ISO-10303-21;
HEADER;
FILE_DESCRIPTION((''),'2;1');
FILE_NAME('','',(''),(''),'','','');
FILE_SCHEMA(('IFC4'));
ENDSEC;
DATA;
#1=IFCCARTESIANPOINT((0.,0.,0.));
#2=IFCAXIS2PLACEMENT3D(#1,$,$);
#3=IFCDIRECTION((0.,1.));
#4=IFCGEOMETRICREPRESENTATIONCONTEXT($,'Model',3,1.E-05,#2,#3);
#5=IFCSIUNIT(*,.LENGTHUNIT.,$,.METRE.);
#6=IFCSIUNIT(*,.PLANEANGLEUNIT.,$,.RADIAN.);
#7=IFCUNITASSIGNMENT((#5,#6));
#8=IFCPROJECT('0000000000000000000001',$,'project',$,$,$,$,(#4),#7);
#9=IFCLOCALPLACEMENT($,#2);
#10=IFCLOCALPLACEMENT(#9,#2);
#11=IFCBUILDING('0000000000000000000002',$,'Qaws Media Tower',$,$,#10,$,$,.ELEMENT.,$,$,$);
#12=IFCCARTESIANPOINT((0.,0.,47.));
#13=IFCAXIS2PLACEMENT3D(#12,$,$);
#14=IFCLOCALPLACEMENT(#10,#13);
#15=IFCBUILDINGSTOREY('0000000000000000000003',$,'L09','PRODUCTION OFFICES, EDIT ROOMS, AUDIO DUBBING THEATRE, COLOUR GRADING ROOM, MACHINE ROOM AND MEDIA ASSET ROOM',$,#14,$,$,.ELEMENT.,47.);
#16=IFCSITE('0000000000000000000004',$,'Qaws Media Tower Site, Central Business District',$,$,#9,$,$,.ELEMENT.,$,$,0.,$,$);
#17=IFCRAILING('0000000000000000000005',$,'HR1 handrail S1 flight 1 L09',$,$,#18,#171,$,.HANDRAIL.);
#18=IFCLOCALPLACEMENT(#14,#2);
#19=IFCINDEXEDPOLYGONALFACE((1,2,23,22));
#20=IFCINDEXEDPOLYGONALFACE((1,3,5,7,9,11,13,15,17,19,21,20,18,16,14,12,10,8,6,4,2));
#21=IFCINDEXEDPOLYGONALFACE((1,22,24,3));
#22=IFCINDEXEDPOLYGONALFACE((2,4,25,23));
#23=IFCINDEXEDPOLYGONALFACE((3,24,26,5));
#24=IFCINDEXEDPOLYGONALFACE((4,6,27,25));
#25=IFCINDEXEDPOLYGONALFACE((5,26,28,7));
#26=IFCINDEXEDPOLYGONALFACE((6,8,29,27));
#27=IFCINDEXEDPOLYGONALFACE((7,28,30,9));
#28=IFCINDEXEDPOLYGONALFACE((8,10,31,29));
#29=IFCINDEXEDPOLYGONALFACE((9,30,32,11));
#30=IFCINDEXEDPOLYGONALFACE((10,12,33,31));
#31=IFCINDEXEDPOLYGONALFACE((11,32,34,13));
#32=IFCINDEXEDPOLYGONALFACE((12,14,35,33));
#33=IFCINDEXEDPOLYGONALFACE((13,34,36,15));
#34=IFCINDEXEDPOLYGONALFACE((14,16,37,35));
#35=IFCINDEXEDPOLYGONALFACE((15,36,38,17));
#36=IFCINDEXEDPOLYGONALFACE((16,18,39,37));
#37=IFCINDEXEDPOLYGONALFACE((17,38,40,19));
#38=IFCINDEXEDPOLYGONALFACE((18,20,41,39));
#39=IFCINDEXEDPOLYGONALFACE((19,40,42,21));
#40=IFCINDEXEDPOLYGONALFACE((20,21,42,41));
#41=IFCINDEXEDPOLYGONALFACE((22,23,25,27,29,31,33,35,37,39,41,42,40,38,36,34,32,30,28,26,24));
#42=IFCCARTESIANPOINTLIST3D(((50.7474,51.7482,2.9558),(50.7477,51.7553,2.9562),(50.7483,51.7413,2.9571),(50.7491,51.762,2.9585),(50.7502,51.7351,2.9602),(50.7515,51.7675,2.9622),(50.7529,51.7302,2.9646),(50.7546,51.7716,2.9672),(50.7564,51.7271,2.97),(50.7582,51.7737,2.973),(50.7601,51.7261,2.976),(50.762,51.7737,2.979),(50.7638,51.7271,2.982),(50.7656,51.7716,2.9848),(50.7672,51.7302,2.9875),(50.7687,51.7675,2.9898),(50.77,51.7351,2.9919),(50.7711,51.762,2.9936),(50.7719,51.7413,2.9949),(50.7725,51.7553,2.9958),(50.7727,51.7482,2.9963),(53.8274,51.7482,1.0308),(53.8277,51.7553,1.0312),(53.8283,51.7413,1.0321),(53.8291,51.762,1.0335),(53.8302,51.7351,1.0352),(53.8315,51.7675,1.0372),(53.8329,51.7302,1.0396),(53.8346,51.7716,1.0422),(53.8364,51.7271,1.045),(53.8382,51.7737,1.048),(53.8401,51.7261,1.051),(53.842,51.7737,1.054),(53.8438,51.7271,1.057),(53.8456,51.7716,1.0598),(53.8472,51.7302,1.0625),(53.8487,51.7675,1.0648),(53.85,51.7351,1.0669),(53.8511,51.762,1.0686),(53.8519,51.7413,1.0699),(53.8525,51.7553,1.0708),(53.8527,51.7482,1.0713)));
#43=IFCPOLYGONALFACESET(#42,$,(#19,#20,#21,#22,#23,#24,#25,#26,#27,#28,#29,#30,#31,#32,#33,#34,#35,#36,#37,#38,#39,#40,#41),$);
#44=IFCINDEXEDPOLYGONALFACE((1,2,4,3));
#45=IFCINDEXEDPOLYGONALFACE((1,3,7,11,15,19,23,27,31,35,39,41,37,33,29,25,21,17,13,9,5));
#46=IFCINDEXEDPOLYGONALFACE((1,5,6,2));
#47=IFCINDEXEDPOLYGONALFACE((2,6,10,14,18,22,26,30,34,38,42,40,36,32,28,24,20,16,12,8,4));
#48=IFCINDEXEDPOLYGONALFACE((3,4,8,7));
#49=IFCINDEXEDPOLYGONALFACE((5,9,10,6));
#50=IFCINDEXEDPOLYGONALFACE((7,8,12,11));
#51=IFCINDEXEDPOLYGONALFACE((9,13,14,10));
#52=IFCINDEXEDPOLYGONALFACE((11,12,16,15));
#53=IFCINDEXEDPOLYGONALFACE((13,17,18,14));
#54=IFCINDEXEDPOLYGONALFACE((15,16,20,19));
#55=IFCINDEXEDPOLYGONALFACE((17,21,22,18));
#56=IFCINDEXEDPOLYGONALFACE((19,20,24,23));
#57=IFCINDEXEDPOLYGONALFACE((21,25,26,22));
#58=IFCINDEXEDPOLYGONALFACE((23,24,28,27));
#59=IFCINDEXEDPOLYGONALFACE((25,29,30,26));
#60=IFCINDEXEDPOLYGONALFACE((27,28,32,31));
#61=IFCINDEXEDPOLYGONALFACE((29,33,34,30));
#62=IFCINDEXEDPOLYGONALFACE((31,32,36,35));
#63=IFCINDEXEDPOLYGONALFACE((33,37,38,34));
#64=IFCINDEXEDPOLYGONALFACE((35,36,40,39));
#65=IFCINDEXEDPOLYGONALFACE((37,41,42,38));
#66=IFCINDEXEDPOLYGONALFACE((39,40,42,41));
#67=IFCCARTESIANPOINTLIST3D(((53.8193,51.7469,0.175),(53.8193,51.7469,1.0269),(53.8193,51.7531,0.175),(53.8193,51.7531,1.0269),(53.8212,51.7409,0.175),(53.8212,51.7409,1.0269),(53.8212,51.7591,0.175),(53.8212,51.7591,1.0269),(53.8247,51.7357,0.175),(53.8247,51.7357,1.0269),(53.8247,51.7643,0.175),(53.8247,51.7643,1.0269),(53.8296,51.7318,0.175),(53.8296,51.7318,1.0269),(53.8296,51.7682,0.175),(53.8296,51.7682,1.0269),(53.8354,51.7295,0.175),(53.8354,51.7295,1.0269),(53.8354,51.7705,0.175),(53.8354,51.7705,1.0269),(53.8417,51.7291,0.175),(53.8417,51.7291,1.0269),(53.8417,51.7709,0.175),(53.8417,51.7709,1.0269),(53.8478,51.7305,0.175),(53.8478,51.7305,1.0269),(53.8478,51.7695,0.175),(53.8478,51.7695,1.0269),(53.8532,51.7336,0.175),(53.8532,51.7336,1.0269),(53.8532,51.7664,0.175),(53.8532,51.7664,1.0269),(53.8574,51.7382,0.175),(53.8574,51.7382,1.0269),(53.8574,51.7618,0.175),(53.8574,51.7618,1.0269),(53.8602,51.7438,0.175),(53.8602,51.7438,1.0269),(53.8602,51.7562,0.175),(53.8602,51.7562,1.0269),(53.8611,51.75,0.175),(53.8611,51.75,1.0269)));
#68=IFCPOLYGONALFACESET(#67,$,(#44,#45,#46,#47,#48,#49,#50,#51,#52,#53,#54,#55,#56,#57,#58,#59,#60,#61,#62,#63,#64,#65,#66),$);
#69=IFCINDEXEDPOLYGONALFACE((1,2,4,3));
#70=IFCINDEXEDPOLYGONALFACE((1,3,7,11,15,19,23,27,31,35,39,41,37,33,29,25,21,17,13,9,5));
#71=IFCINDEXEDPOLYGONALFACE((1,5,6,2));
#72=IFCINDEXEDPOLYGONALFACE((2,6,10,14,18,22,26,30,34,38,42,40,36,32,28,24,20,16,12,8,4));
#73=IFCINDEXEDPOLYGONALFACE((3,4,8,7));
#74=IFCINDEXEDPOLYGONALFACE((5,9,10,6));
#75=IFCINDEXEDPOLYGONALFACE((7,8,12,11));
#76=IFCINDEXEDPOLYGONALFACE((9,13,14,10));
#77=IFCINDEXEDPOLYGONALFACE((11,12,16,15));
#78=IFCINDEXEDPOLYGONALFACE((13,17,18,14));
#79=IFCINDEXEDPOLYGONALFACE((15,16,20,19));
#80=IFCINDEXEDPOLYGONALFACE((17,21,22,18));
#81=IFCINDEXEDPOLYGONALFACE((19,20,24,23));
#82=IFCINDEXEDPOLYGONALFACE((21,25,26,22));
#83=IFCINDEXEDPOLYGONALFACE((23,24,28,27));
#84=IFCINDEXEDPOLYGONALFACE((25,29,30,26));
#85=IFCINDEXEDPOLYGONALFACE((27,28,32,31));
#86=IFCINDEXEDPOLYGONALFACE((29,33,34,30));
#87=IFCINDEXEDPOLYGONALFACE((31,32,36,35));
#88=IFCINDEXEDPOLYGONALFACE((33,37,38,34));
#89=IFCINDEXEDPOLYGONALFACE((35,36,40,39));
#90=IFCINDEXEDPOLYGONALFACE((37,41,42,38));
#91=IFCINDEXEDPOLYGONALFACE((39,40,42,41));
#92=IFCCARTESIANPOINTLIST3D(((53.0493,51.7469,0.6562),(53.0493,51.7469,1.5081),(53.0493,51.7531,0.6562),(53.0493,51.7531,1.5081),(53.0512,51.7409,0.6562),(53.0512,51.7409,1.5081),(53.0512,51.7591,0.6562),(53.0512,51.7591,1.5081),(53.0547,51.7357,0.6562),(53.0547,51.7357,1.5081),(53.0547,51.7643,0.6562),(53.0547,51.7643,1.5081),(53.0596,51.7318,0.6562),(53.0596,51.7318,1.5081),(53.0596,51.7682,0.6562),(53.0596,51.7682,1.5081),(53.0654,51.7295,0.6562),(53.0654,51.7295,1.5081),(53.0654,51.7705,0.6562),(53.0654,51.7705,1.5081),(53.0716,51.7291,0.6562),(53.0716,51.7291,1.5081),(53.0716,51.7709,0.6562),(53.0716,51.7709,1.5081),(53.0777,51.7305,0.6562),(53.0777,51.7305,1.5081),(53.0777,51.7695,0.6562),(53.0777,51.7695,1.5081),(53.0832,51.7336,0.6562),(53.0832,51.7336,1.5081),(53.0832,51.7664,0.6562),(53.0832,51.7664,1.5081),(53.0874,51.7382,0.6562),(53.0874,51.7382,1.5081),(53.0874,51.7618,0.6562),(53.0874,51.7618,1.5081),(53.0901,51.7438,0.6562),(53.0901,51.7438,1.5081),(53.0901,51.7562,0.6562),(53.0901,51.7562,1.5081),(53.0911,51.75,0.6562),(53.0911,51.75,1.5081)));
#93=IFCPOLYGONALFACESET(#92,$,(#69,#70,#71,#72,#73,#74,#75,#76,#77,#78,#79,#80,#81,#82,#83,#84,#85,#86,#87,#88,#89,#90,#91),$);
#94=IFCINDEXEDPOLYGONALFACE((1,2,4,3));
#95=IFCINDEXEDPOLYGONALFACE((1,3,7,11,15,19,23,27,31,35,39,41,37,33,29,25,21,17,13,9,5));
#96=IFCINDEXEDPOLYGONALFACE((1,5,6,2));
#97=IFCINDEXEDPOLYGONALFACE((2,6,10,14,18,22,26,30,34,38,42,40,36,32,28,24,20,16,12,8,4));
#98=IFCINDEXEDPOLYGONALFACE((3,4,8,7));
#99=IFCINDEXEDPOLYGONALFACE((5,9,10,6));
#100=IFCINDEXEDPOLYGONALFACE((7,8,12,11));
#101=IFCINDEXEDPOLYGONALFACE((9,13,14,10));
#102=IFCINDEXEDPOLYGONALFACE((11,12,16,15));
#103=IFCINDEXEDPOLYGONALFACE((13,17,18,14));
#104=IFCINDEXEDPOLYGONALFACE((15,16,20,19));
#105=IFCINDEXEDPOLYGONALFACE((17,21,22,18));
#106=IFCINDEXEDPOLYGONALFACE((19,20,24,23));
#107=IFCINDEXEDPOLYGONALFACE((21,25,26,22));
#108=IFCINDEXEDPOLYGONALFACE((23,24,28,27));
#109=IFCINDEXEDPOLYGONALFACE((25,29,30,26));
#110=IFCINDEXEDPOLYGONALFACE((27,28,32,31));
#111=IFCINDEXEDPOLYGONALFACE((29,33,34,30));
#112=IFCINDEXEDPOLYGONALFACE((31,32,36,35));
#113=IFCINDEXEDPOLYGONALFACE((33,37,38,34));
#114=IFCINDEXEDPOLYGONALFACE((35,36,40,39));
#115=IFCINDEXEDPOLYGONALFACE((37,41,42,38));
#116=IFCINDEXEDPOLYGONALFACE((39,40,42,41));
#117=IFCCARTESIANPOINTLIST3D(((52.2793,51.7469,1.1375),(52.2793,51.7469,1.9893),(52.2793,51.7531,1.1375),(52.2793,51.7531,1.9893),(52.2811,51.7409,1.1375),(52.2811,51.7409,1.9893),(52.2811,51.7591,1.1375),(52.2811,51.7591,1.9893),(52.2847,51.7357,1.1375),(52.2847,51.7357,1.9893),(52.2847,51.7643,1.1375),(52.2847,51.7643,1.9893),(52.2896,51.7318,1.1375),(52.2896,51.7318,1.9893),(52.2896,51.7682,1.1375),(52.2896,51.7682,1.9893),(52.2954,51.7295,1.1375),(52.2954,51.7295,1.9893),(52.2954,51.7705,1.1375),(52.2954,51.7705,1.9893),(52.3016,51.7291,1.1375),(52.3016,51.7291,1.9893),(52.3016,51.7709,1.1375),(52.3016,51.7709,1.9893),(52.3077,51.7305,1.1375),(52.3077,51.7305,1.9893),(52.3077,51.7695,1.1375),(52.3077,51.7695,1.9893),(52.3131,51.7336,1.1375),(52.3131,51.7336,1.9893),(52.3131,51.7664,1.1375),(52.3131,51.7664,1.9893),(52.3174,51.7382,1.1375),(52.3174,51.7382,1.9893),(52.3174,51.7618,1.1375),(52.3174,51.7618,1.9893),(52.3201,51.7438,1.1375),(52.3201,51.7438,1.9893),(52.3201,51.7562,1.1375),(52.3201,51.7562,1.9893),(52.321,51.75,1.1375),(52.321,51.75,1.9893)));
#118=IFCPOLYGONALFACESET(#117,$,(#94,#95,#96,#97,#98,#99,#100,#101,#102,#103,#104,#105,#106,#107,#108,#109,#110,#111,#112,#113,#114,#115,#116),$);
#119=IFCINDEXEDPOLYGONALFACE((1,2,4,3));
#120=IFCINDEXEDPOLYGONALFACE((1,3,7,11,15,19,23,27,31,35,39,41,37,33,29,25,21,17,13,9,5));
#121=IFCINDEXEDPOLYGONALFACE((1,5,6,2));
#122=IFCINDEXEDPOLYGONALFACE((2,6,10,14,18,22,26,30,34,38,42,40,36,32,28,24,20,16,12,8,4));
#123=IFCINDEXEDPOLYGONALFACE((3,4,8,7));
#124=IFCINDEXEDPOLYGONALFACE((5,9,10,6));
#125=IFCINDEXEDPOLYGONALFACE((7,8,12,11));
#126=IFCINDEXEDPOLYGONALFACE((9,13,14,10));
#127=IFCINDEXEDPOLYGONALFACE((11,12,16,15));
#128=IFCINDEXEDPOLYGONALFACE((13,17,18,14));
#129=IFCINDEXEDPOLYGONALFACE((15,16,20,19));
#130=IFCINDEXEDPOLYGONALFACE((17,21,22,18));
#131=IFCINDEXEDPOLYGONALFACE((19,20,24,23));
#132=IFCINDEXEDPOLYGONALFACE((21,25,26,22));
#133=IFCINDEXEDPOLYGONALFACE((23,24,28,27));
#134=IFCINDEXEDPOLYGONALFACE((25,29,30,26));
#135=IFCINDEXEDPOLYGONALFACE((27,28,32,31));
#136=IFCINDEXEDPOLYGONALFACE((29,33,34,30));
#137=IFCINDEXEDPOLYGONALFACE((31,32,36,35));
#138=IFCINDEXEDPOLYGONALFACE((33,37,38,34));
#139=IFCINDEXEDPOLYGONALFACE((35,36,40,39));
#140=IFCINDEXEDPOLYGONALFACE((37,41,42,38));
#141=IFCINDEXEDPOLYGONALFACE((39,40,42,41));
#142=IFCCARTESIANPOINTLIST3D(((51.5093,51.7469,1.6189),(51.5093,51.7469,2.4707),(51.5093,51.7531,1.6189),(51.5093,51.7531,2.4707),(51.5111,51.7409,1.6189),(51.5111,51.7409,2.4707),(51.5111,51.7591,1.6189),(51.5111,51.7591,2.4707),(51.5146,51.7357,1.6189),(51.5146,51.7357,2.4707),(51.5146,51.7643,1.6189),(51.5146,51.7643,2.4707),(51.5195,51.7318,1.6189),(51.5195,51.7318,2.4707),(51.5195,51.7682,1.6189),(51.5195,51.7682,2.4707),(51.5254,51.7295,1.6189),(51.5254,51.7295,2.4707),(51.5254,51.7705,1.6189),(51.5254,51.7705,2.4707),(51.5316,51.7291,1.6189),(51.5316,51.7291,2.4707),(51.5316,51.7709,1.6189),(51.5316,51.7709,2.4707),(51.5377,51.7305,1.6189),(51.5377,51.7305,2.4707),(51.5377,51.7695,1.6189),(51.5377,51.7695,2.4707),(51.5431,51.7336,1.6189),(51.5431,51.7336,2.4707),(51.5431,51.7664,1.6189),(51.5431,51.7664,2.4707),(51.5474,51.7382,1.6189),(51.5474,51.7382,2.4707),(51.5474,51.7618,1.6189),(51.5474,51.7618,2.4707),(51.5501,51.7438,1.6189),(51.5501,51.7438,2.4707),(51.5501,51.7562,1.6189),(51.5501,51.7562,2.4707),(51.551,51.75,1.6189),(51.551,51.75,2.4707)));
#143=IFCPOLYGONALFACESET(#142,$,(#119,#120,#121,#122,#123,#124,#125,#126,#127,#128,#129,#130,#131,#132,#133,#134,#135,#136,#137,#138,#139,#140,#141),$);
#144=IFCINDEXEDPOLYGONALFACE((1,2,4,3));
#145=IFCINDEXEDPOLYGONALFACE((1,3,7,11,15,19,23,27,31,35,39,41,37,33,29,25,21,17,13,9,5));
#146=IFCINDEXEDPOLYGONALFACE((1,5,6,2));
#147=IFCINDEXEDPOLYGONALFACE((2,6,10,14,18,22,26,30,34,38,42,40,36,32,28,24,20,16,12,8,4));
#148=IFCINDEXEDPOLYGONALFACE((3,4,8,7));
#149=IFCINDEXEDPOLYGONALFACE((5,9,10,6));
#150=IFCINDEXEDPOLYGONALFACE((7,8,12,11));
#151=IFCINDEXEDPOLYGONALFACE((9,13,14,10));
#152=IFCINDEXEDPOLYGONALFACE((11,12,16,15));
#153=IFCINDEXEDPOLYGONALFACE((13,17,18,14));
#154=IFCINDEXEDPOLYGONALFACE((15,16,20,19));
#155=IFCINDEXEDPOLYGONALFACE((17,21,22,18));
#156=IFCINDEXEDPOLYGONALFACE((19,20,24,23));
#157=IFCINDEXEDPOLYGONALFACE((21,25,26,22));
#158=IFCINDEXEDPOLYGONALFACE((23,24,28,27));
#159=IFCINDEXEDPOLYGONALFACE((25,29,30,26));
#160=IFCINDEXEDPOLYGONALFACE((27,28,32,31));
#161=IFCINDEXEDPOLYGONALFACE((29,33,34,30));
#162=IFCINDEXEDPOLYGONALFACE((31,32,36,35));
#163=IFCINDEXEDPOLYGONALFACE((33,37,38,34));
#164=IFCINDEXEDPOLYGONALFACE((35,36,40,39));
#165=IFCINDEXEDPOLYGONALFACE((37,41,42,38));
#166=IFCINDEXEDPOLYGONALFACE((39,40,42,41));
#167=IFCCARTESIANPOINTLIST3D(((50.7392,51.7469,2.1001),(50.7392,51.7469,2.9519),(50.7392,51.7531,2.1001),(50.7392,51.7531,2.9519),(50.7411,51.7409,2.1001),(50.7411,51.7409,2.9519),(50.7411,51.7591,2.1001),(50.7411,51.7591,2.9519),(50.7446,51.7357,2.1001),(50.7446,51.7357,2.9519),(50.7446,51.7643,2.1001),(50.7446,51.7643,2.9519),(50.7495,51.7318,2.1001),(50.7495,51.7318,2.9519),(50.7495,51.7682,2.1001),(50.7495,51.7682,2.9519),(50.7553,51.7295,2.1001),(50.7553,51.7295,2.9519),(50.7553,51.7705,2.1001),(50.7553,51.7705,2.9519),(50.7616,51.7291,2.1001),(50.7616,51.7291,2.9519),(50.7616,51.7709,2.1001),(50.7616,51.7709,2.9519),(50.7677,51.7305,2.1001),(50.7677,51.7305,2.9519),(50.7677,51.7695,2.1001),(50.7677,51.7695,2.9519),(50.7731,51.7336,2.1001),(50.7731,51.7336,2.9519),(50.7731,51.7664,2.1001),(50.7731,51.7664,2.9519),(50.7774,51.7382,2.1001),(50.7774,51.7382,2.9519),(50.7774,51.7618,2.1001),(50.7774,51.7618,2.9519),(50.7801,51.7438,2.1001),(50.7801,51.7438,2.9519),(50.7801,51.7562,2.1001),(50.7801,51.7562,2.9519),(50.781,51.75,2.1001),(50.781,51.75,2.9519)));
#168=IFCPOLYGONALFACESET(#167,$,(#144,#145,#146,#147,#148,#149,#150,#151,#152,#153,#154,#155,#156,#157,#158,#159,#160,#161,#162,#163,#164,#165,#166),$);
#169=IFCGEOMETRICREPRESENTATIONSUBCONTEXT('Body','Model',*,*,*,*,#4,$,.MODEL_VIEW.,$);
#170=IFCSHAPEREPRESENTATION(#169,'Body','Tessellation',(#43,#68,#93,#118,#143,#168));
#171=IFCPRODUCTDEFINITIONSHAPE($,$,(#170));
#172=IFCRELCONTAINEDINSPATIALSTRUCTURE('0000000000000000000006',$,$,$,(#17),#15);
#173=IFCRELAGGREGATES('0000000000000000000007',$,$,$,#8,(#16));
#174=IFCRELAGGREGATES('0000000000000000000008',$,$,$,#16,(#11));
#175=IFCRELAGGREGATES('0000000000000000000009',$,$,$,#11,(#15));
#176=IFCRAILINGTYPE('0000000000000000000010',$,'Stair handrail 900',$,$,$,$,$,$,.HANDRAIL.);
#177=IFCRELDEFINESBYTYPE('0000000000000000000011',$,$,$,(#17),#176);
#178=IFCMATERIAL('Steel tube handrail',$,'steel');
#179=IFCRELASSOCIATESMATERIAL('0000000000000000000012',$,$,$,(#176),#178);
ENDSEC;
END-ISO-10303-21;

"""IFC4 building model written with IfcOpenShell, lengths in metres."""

from ifc_helpers import new_model, si_unit, direction, frame, origin, origin_2d, place, context, subcontext, project, spatial, circle, extrude, material, type_object, element, save


model = new_model("IFC4")

# Units and contexts
model_context = context("Model", 3, precision=1e-05, world=origin(), true_north=direction((0.0, 1.0)))
body_context = subcontext(model_context, "Body", "Model", "MODEL_VIEW")
ifc_project = project(units=[si_unit("LENGTHUNIT", "METRE"), si_unit("PLANEANGLEUNIT", "RADIAN")], contexts=[model_context])

# Site, building, storey
site_placement = place(None, origin())
site = spatial("IfcSite", under=ifc_project, at=site_placement, Name="Qaws Media Tower Site, Central Business District", CompositionType="ELEMENT", RefElevation=0.0)
building_placement = place(site_placement, origin())
building = spatial("IfcBuilding", under=site, at=building_placement, Name="Qaws Media Tower", CompositionType="ELEMENT")
storey_placement = place(building_placement, frame((0.0, 0.0, 47.0)))
storey = spatial("IfcBuildingStorey", under=building, at=storey_placement, Name="L09", Description="PRODUCTION OFFICES, EDIT ROOMS, AUDIO DUBBING THEATRE, COLOUR GRADING ROOM, MACHINE ROOM AND MEDIA ASSET ROOM", CompositionType="ELEMENT", Elevation=47.0)

# Railing
ifc_material_1 = material(Name="Steel tube handrail", Category="steel")
railing_type = type_object("IfcRailingType", Name="Stair handrail 900", PredefinedType="HANDRAIL", material=ifc_material_1)
for number, where, name in (
    (1, (53.8401, 51.75, 0.175), "HR1 handrail S1 flight 1 L09"),
):
    element("IfcRailing", number, at=place(storey_placement, frame(where)), inside=storey, type_object=railing_type, Name=name, PredefinedType="HANDRAIL", context=body_context, shape_type="SweptSolid", body=[
        extrude(circle(Radius=0.0239, at=origin_2d()), frame((0.0, 0.0, 0.876), z_axis=(-0.847998, 0.0, 0.529999), x_axis=(0.0, -1.0, 0.0)), (0.0, 0.0, 1.0), 3.6321),
        extrude(circle(Radius=0.021, at=origin_2d()), origin(), (0.0, 0.0, 1.0), 0.8518),
        extrude(circle(Radius=0.021, at=origin_2d()), frame((-0.77, 0.0, 0.4812)), (0.0, 0.0, 1.0), 0.8518),
        extrude(circle(Radius=0.021, at=origin_2d()), frame((-1.54, 0.0, 0.9624)), (0.0, 0.0, 1.0), 0.8518),
        extrude(circle(Radius=0.021, at=origin_2d()), frame((-2.3101, 0.0, 1.4438)), (0.0, 0.0, 1.0), 0.8518),
        extrude(circle(Radius=0.021, at=origin_2d()), frame((-3.0801, 0.0, 1.925)), (0.0, 0.0, 1.0), 0.8518),
    ])

save(model, "model.ifc")
